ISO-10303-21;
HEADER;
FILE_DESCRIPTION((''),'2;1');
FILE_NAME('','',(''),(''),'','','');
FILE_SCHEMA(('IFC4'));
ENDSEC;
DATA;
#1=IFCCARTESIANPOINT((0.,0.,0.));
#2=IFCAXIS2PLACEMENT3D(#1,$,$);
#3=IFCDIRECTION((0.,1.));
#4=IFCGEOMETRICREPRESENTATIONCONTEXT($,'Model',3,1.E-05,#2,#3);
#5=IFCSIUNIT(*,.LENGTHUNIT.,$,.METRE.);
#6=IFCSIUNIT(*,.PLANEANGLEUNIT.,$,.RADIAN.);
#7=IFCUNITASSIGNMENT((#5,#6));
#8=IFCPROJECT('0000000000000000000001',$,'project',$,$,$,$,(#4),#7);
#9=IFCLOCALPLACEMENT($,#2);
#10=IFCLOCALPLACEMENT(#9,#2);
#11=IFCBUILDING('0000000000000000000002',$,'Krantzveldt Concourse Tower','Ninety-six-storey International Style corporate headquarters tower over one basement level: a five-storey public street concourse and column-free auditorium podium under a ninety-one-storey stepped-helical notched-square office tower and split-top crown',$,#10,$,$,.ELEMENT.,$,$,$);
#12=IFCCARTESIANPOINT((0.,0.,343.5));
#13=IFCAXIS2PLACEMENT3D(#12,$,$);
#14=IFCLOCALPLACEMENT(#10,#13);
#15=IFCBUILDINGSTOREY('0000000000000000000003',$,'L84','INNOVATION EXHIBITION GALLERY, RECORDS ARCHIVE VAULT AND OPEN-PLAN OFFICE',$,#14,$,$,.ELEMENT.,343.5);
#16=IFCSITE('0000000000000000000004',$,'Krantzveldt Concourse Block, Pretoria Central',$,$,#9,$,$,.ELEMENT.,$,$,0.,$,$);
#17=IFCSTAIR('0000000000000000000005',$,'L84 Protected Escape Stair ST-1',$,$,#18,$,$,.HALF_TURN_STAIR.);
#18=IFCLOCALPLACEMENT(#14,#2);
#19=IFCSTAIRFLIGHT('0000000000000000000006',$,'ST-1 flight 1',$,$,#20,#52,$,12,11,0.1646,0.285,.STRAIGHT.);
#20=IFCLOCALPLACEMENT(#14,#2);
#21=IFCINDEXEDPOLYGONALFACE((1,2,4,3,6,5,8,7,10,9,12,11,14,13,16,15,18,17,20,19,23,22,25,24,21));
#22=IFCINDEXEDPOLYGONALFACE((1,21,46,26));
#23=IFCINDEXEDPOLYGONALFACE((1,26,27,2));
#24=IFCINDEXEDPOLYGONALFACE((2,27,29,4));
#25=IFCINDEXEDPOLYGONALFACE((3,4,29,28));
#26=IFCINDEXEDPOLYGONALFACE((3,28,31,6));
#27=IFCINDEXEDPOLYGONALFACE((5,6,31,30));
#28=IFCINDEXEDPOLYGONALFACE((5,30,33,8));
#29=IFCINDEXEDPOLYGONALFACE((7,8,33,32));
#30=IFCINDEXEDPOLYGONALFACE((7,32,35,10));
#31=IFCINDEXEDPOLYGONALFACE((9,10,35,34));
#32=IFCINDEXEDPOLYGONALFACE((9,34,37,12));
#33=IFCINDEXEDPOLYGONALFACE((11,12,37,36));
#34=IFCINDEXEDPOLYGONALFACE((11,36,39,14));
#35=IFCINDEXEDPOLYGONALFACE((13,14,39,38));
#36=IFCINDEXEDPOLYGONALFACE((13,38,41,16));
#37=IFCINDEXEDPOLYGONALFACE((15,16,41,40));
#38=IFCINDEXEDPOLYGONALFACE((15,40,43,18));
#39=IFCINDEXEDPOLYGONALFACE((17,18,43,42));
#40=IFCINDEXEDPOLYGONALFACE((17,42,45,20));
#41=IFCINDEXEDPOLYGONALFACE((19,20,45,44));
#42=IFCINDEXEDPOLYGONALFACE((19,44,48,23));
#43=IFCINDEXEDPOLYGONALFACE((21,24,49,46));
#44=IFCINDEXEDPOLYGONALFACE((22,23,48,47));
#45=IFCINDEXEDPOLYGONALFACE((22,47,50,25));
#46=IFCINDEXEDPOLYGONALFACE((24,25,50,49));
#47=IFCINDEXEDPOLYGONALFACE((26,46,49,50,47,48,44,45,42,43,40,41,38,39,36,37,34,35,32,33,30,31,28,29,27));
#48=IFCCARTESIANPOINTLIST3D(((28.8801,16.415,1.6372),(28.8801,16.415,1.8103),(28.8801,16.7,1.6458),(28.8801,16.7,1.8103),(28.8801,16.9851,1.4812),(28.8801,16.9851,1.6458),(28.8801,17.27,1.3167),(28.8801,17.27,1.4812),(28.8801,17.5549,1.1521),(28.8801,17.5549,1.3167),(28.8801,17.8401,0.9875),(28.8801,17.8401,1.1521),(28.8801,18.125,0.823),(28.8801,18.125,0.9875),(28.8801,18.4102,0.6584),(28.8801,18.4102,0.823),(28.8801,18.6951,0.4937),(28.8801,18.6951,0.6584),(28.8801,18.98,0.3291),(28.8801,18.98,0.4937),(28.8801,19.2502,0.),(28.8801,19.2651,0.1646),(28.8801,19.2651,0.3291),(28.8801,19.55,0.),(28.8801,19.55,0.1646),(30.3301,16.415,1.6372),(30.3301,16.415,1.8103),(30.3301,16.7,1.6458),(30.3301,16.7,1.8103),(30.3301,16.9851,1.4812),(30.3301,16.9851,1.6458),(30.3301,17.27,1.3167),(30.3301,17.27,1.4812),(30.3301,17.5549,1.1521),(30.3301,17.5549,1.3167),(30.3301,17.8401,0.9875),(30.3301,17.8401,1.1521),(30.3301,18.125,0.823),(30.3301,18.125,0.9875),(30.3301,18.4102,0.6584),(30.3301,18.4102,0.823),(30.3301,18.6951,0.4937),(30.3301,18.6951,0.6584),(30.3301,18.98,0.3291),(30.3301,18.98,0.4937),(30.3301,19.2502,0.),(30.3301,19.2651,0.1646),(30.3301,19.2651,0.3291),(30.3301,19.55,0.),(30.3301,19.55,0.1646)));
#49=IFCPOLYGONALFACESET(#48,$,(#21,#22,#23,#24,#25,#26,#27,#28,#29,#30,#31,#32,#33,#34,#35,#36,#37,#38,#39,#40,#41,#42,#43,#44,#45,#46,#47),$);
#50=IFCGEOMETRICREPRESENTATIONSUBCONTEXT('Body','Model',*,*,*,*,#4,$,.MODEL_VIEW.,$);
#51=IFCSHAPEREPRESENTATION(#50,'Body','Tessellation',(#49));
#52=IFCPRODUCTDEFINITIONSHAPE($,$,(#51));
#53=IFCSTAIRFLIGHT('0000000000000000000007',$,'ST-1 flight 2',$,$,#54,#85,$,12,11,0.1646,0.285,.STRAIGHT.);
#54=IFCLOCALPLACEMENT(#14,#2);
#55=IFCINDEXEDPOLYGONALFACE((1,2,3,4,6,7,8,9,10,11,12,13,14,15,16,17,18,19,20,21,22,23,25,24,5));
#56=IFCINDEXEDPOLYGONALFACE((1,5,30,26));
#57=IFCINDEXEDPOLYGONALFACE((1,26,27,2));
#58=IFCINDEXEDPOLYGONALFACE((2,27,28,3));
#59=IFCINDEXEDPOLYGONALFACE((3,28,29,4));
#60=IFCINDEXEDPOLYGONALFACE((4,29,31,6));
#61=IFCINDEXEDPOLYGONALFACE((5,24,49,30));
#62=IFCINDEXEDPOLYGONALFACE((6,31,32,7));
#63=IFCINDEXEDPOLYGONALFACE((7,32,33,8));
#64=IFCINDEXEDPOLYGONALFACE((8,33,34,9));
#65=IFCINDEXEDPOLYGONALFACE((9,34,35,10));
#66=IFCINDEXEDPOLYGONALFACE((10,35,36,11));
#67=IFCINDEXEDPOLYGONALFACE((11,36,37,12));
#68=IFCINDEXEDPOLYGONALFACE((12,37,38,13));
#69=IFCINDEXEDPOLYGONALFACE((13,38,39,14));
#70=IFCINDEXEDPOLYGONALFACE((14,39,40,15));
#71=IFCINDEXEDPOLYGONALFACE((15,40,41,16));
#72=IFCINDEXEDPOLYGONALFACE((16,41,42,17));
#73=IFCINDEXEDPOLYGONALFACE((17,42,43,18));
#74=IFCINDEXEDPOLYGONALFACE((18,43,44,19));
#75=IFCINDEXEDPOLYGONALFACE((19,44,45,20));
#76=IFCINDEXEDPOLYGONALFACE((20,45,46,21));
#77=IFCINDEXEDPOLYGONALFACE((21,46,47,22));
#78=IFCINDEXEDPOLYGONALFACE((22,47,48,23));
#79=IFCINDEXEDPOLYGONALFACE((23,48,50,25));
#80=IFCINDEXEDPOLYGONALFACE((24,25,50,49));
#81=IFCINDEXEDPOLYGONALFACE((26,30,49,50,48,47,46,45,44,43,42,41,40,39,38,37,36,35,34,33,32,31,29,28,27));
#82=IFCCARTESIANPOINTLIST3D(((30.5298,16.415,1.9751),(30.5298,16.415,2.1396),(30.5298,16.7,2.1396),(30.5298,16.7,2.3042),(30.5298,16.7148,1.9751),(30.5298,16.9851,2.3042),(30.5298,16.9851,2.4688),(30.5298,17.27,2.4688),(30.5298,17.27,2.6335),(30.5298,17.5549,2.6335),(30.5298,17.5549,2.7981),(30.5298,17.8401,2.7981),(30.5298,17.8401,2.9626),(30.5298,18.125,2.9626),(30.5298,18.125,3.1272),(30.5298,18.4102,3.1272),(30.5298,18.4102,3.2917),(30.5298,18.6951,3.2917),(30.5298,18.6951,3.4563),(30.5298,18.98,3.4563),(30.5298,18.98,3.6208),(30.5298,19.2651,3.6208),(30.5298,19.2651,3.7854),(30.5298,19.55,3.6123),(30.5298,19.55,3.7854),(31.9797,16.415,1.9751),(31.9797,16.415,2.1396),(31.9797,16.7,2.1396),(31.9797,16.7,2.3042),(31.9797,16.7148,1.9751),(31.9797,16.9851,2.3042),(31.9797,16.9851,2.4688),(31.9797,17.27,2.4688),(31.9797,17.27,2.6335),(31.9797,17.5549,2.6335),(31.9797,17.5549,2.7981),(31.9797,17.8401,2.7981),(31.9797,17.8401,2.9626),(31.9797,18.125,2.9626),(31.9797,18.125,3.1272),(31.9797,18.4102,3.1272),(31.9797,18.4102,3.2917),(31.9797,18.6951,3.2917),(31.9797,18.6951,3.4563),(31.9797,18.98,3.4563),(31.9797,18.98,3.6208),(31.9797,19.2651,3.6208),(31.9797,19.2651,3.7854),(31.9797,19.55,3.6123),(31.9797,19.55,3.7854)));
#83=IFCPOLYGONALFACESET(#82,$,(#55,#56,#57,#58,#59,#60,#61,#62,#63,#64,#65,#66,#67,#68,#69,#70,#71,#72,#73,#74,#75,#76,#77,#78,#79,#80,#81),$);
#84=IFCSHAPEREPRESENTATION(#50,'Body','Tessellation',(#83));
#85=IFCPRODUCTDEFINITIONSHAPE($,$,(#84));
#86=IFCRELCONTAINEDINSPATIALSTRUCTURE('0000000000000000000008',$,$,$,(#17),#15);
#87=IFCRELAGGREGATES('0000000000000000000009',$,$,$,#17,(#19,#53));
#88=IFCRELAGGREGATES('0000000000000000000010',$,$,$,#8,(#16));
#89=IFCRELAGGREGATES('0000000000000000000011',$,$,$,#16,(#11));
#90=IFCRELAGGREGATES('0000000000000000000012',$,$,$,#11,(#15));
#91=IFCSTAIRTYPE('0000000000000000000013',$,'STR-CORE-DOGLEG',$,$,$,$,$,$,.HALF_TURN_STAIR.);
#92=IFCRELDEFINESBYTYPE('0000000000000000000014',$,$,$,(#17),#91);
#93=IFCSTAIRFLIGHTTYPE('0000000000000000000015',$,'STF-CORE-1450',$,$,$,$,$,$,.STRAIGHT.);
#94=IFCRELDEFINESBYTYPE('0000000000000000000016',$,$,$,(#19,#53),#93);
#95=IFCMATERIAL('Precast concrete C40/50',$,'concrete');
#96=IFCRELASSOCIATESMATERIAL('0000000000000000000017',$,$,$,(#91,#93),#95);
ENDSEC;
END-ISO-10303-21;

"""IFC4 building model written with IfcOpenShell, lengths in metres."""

from ifc_helpers import new_model, si_unit, direction, frame, origin, place, context, subcontext, project, spatial, polyline, outline, extrude, material, type_object, element, aggregate, save


model = new_model("IFC4")

# Units and contexts
model_context = context("Model", 3, precision=1e-05, world=origin(), true_north=direction((0.0, 1.0)))
body_context = subcontext(model_context, "Body", "Model", "MODEL_VIEW")
ifc_project = project(units=[si_unit("LENGTHUNIT", "METRE"), si_unit("PLANEANGLEUNIT", "RADIAN")], contexts=[model_context])

# Site, building, storey
site_placement = place(None, origin())
site = spatial("IfcSite", under=ifc_project, at=site_placement, Name="Krantzveldt Concourse Block, Pretoria Central", CompositionType="ELEMENT", RefElevation=0.0)
building_placement = place(site_placement, origin())
building = spatial("IfcBuilding", under=site, at=building_placement, Name="Krantzveldt Concourse Tower", Description="Ninety-six-storey International Style corporate headquarters tower over one basement level: a five-storey public street concourse and column-free auditorium podium under a ninety-one-storey stepped-helical notched-square office tower and split-top crown", CompositionType="ELEMENT")
storey_placement = place(building_placement, frame((0.0, 0.0, 343.5)))
storey = spatial("IfcBuildingStorey", under=building, at=storey_placement, Name="L84", Description="INNOVATION EXHIBITION GALLERY, RECORDS ARCHIVE VAULT AND OPEN-PLAN OFFICE", CompositionType="ELEMENT", Elevation=343.5)

# Stair, stair flights
ifc_material_1 = material(Name="Precast concrete C40/50", Category="concrete")
stair_type = type_object("IfcStairType", Name="STR-CORE-DOGLEG", PredefinedType="HALF_TURN_STAIR", material=ifc_material_1)
stair_placement = place(storey_placement, origin())
stair = element("IfcStair", 1, at=stair_placement, inside=storey, type_object=stair_type, Name="L84 Protected Escape Stair ST-1", PredefinedType="HALF_TURN_STAIR")
stair_flight_type = type_object("IfcStairFlightType", Name="STF-CORE-1450", PredefinedType="STRAIGHT", material=ifc_material_1)
stair_flight_1_placement = place(storey_placement, frame((29.605, 19.55, 0.0), z_axis=(0.0, 0.0, 1.0), x_axis=(0.0, -1.0, 0.0)))
stair_flight_1 = element("IfcStairFlight", 2, at=stair_flight_1_placement, type_object=stair_flight_type, Name="ST-1 flight 1", NumberOfRisers=12, NumberOfTreads=11, PredefinedType="STRAIGHT", RiserHeight=0.1646, TreadLength=0.285, context=body_context, shape_type="SweptSolid", body=[
    extrude(outline(polyline([(0.0, 0.0), (0.0, 0.1646), (0.2849, 0.1646), (0.2849, 0.3291), (0.5701, 0.3291), (0.5701, 0.4937), (0.855, 0.4937), (0.855, 0.6584), (1.1399, 0.6584), (1.1399, 0.823), (1.425, 0.823), (1.425, 0.9875), (1.71, 0.9875), (1.71, 1.1521), (1.9951, 1.1521), (1.9951, 1.3167), (2.28, 1.3167), (2.28, 1.4812), (2.5649, 1.4812), (2.5649, 1.6458), (2.8501, 1.6458), (2.8501, 1.8103), (3.135, 1.8103), (3.135, 1.9751), (3.135, 1.6372), (0.2998, 0.0), (0.0, 0.0)])), frame((0.0, 0.7251, 0.0), z_axis=(0.0, -1.0, 0.0), x_axis=(1.0, 0.0, 0.0)), (0.0, 0.0, 1.0), 1.45),
])
stair_flight_2_placement = place(storey_placement, frame((31.2549, 16.415, 1.9751), z_axis=(0.0, 0.0, 1.0), x_axis=(0.0, 1.0, 0.0)))
stair_flight_2 = element("IfcStairFlight", 3, at=stair_flight_2_placement, type_object=stair_flight_type, Name="ST-1 flight 2", NumberOfRisers=12, NumberOfTreads=11, PredefinedType="STRAIGHT", RiserHeight=0.1646, TreadLength=0.285, context=body_context, shape_type="SweptSolid", body=[
    extrude(outline(polyline([(0.0, 0.0), (0.0, 0.1646), (0.2849, 0.1646), (0.2849, 0.3291), (0.5701, 0.3291), (0.5701, 0.4937), (0.855, 0.4937), (0.855, 0.6584), (1.1399, 0.6584), (1.1399, 0.823), (1.425, 0.823), (1.425, 0.9875), (1.71, 0.9875), (1.71, 1.1521), (1.9951, 1.1521), (1.9951, 1.3167), (2.28, 1.3167), (2.28, 1.4812), (2.5649, 1.4812), (2.5649, 1.6458), (2.8501, 1.6458), (2.8501, 1.8103), (3.135, 1.8103), (3.135, 1.9751), (3.135, 1.6372), (0.2998, 0.0), (0.0, 0.0)])), frame((0.0, 0.7251, 0.0), z_axis=(0.0, -1.0, 0.0), x_axis=(1.0, 0.0, 0.0)), (0.0, 0.0, 1.0), 1.45),
])
aggregate(stair, [stair_flight_1, stair_flight_2])

save(model, "model.ifc")
